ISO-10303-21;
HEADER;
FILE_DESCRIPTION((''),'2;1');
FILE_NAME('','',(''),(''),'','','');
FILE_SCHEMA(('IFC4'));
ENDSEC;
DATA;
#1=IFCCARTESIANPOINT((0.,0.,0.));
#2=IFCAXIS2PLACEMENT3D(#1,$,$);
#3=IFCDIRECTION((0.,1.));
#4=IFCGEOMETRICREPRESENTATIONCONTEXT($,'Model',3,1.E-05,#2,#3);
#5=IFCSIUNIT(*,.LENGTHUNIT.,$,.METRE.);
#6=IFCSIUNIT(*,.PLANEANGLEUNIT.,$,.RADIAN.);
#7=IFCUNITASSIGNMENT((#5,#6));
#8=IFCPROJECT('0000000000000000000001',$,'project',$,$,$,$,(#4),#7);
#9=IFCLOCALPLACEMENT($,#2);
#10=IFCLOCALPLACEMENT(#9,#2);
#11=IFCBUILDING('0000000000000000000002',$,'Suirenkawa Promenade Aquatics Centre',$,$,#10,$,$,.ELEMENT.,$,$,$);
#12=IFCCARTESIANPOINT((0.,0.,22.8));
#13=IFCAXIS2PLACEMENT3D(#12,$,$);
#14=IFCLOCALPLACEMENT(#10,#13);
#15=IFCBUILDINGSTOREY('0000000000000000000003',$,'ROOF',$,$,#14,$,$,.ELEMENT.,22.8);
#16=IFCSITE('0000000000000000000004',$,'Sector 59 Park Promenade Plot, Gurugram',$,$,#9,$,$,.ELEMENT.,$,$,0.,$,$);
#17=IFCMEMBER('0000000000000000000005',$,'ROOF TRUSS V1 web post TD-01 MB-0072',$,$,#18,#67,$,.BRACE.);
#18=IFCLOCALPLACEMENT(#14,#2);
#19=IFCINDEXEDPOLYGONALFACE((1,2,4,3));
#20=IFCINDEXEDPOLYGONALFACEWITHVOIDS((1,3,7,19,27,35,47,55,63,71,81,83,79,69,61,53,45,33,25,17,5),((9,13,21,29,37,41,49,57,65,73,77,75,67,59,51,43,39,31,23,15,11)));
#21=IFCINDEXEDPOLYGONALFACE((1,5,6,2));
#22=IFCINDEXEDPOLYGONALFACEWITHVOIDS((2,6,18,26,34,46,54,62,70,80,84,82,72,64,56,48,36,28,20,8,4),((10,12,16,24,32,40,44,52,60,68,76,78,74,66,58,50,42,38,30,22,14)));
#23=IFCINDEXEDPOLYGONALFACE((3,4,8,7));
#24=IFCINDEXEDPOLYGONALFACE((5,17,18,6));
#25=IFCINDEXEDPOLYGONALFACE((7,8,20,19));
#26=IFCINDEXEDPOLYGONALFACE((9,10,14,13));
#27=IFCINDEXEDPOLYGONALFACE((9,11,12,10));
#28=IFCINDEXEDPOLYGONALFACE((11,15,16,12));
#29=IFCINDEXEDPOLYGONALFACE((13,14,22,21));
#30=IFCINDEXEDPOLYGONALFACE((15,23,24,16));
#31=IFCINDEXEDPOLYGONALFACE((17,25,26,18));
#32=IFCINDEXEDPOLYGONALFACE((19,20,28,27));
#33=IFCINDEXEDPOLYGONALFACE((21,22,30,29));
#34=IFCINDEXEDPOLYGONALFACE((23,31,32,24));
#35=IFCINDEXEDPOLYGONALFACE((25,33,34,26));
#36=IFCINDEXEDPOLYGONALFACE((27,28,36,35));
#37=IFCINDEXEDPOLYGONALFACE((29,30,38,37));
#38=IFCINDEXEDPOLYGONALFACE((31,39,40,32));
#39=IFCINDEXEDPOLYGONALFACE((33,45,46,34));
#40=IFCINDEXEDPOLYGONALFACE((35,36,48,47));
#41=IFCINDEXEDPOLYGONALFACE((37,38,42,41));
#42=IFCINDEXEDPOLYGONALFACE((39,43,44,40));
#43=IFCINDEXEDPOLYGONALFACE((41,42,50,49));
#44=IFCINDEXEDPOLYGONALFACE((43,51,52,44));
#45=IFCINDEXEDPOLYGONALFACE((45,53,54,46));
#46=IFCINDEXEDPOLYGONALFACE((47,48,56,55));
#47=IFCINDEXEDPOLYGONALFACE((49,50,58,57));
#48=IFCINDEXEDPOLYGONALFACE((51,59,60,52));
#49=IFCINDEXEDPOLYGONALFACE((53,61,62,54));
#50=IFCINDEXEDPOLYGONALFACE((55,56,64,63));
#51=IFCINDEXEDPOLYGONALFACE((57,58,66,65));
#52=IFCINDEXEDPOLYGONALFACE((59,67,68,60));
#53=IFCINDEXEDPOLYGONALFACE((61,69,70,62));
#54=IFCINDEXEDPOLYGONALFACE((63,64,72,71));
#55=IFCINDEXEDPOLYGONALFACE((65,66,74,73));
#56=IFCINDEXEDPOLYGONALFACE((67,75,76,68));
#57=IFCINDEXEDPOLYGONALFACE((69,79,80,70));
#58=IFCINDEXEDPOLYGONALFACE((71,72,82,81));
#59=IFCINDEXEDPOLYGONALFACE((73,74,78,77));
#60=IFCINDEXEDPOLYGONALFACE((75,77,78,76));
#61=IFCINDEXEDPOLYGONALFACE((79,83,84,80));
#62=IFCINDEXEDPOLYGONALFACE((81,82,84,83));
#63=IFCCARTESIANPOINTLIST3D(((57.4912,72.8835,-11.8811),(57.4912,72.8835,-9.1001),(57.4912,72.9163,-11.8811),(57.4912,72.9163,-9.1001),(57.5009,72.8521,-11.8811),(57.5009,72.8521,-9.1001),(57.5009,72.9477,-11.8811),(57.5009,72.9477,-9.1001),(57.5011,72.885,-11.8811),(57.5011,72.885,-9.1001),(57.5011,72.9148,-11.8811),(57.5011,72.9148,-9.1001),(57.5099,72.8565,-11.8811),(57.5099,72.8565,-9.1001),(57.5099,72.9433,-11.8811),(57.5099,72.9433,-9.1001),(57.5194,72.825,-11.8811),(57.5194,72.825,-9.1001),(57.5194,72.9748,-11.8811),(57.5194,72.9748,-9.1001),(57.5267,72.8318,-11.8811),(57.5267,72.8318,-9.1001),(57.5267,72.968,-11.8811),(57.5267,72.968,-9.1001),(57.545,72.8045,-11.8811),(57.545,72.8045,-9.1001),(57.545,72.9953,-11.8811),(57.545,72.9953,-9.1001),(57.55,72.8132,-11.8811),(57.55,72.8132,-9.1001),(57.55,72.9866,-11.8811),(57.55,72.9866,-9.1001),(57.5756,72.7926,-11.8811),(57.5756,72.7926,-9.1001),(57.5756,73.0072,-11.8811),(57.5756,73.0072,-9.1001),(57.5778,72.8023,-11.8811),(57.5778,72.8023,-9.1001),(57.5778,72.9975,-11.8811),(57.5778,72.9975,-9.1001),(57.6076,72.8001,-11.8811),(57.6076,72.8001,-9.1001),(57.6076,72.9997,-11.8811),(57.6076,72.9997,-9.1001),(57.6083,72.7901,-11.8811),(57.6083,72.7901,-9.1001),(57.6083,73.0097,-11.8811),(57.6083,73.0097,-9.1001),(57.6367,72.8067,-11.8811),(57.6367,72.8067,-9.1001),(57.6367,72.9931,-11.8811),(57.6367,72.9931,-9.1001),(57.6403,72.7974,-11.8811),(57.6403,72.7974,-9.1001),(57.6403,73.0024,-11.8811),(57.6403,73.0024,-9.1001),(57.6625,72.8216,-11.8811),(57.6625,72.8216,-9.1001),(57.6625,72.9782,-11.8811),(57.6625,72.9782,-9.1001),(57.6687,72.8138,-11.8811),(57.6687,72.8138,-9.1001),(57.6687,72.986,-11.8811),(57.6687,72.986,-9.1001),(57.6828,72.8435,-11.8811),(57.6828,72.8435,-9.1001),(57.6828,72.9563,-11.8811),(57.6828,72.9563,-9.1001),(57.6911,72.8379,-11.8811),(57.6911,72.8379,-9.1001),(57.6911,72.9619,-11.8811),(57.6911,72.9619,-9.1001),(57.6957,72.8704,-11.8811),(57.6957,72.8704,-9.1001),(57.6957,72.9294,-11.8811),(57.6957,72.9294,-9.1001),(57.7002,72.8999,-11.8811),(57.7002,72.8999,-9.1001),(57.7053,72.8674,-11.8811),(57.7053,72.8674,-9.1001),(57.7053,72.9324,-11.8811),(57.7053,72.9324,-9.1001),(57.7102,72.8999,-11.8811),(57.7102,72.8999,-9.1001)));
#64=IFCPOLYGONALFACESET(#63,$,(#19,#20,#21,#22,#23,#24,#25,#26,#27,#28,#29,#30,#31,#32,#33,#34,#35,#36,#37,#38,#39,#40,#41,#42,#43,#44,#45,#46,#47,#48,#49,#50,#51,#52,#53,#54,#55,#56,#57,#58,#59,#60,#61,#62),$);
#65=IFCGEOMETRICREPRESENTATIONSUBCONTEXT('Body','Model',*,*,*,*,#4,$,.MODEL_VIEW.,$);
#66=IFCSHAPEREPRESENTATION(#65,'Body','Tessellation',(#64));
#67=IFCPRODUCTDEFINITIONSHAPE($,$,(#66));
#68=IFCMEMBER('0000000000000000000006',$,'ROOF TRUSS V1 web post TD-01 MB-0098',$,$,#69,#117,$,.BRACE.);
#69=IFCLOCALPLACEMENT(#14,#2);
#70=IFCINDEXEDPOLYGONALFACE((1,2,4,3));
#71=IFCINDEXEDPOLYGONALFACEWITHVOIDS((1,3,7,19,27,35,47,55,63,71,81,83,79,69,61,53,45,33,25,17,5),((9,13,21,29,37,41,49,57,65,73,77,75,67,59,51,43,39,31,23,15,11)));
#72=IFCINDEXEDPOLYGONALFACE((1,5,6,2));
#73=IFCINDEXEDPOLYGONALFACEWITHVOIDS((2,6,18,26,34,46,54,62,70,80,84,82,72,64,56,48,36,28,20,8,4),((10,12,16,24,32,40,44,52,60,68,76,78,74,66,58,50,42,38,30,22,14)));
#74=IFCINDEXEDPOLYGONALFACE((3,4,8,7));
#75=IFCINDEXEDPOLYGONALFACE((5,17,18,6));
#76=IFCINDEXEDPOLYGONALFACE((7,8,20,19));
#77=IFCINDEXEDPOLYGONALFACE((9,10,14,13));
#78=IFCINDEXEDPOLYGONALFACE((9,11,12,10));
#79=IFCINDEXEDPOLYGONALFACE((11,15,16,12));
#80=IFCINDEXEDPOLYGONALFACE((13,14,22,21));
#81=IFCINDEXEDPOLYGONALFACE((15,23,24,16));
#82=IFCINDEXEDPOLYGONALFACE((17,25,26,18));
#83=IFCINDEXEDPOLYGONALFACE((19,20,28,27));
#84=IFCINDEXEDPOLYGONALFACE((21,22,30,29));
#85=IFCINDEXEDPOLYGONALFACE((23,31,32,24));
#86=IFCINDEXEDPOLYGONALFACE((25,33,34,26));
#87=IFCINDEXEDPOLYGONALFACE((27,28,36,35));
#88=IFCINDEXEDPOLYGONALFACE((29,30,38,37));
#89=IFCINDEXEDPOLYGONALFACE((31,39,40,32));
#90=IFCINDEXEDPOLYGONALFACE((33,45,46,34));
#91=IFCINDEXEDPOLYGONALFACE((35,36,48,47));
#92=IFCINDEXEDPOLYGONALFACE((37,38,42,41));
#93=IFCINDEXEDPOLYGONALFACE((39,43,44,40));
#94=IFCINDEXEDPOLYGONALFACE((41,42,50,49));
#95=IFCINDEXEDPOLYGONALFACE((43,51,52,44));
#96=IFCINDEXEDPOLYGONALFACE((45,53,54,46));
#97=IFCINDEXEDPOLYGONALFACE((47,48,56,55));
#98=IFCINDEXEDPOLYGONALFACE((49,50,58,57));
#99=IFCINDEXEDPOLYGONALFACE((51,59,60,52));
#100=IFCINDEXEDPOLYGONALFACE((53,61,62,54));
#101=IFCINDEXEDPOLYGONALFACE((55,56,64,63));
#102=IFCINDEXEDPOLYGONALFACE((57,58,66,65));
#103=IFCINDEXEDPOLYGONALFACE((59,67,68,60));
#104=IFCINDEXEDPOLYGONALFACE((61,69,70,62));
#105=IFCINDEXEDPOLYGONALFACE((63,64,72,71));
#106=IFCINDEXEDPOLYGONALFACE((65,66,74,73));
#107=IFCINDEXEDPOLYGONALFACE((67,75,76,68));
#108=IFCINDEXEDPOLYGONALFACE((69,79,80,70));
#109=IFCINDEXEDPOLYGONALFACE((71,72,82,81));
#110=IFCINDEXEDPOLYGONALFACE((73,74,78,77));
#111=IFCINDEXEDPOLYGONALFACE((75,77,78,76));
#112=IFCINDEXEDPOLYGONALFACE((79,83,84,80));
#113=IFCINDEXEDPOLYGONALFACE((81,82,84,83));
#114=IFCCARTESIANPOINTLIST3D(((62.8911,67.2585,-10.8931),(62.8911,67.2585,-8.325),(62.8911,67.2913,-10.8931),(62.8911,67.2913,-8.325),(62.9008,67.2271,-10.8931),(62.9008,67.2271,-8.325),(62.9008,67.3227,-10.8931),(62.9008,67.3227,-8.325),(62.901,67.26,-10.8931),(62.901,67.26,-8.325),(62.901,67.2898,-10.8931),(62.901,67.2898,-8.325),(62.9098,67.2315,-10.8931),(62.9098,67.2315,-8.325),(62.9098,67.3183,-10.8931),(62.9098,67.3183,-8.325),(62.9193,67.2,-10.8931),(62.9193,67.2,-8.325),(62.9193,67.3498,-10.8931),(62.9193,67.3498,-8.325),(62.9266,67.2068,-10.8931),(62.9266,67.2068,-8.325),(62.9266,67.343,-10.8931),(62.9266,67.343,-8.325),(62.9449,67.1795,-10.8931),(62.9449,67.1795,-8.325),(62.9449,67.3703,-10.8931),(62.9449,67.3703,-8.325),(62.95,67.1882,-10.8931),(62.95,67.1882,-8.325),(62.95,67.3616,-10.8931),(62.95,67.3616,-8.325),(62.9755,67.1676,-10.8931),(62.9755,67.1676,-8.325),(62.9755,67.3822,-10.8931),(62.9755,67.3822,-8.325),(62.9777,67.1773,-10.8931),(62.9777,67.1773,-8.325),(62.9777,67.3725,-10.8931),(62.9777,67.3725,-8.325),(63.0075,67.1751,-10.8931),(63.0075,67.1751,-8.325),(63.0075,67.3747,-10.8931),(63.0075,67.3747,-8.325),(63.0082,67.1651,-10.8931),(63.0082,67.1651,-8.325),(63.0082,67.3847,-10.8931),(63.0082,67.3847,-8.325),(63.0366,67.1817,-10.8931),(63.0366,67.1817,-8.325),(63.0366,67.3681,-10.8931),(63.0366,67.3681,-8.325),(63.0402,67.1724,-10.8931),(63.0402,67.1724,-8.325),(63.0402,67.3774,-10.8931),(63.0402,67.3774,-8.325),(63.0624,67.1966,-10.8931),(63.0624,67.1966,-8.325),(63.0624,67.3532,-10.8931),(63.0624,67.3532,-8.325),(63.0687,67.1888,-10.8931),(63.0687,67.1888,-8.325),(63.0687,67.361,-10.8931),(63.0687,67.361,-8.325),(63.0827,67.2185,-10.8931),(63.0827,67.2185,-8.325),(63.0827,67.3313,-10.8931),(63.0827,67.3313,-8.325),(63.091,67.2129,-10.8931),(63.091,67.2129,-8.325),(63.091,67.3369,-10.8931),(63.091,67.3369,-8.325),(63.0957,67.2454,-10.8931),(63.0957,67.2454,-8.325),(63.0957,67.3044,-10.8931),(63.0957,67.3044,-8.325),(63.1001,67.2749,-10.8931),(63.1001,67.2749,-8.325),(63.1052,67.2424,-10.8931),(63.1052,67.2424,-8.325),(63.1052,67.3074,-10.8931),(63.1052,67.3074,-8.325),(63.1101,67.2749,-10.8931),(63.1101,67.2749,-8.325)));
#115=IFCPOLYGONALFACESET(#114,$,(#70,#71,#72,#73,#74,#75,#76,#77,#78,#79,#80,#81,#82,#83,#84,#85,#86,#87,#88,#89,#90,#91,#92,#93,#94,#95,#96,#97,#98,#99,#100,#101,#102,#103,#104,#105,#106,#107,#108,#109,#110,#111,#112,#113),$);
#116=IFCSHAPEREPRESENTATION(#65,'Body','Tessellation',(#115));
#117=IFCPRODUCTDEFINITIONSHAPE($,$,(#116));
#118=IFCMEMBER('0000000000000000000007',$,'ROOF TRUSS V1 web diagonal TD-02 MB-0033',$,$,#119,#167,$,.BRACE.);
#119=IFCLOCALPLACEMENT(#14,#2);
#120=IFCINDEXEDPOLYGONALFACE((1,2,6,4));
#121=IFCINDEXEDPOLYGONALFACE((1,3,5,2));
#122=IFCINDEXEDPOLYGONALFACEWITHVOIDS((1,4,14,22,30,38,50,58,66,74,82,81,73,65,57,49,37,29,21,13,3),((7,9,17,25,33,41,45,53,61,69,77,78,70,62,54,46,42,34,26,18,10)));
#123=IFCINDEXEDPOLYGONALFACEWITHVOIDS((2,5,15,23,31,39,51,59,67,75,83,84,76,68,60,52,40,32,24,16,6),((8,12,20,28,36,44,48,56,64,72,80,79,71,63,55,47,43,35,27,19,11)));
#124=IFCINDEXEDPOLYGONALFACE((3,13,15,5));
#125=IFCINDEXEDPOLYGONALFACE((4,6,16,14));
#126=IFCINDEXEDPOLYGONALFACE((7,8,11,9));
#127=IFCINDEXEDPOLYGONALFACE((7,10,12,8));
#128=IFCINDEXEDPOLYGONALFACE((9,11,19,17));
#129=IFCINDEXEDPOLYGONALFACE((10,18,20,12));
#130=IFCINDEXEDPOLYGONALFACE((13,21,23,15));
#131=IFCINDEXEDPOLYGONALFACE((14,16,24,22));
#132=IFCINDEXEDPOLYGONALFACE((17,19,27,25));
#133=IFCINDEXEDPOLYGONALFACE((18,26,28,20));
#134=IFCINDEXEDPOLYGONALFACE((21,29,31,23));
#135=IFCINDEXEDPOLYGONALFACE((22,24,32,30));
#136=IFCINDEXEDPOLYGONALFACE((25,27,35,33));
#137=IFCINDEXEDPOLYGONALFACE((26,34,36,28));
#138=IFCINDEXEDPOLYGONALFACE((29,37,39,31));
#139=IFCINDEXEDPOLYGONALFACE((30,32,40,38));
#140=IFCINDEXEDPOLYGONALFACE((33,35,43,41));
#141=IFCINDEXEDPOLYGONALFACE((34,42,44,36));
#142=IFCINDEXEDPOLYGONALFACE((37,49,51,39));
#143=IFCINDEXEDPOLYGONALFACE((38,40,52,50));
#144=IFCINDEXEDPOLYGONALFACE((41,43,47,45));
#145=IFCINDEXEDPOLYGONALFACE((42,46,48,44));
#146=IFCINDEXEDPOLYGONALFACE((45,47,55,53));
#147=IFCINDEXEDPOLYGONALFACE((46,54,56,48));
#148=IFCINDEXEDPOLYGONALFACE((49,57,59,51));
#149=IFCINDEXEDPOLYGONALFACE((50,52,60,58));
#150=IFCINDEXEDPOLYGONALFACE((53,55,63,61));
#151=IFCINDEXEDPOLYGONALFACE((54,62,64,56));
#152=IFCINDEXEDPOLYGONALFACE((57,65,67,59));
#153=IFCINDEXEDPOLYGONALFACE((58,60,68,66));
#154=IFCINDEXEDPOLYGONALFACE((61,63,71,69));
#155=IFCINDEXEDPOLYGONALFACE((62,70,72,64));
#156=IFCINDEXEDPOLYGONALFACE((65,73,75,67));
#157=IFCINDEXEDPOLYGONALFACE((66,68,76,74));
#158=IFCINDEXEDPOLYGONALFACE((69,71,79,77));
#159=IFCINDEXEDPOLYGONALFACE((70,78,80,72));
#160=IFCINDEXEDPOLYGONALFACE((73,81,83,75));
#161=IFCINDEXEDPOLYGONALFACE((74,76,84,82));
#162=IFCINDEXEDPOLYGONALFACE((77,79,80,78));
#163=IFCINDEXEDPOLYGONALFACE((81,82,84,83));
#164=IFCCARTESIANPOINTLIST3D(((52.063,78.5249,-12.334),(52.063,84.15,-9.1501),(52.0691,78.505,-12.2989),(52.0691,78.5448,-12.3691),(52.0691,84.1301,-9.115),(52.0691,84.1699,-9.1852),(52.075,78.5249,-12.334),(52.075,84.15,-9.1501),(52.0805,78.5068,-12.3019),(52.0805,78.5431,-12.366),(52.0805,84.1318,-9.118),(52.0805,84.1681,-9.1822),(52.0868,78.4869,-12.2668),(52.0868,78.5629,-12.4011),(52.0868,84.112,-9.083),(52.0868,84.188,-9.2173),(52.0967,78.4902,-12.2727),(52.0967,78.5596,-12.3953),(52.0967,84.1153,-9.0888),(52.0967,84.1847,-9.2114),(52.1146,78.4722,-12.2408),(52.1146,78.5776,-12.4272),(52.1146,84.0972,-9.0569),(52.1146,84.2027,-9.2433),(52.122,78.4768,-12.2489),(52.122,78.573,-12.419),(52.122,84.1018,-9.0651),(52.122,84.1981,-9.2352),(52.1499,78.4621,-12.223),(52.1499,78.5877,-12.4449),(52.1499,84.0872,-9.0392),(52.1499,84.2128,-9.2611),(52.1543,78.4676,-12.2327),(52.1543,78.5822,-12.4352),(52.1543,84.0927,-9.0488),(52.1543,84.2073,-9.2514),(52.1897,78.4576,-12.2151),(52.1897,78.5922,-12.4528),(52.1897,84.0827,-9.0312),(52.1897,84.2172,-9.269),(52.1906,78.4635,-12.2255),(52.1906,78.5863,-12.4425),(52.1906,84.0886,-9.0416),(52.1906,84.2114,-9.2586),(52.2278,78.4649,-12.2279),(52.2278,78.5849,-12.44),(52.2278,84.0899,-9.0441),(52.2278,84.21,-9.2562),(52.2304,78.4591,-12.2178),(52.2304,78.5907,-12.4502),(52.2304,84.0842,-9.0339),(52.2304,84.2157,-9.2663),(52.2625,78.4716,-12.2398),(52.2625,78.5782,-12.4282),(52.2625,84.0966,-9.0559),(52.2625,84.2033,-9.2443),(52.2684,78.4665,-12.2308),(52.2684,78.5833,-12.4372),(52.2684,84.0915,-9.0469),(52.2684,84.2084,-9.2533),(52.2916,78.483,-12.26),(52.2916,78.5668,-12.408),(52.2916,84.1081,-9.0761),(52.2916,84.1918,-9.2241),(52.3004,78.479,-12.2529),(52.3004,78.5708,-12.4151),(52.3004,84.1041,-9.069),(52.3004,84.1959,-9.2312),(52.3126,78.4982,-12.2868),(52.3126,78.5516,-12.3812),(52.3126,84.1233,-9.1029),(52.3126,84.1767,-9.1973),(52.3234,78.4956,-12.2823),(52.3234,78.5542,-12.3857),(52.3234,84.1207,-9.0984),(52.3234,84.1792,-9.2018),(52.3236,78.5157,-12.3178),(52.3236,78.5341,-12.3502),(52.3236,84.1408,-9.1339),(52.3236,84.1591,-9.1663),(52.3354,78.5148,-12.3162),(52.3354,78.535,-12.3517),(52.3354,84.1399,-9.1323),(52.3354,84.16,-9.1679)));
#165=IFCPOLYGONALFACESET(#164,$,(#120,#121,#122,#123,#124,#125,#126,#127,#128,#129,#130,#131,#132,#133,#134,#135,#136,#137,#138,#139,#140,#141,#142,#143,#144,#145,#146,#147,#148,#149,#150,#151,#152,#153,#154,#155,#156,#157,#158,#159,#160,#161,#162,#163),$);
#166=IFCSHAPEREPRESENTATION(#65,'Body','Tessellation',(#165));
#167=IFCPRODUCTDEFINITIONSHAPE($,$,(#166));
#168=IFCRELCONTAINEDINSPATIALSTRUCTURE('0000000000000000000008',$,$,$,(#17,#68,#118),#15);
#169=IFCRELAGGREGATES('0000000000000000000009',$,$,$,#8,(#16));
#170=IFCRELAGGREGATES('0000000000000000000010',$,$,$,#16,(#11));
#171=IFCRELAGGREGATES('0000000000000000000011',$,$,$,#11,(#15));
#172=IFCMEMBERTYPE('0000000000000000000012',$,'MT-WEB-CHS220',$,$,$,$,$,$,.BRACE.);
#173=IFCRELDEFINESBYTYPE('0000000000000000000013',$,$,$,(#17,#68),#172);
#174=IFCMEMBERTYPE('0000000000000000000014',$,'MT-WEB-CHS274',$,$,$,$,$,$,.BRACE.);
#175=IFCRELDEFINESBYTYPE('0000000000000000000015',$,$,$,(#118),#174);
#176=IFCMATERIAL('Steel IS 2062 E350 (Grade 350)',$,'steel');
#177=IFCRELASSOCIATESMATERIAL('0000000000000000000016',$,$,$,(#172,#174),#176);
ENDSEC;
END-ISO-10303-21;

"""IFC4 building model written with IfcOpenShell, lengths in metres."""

from ifc_helpers import new_model, si_unit, direction, frame, origin, origin_2d, place, context, subcontext, project, spatial, hollow_circle, extrude, material, material_profile, profile_set, type_object, element, save


model = new_model("IFC4")

# Units and contexts
model_context = context("Model", 3, precision=1e-05, world=origin(), true_north=direction((0.0, 1.0)))
body_context = subcontext(model_context, "Body", "Model", "MODEL_VIEW")
ifc_project = project(units=[si_unit("LENGTHUNIT", "METRE"), si_unit("PLANEANGLEUNIT", "RADIAN")], contexts=[model_context])

# Site, building, storey
site_placement = place(None, origin())
site = spatial("IfcSite", under=ifc_project, at=site_placement, Name="Sector 59 Park Promenade Plot, Gurugram", CompositionType="ELEMENT", RefElevation=0.0)
building_placement = place(site_placement, origin())
building = spatial("IfcBuilding", under=site, at=building_placement, Name="Suirenkawa Promenade Aquatics Centre", CompositionType="ELEMENT")
storey_placement = place(building_placement, frame((0.0, 0.0, 22.8)))
storey = spatial("IfcBuildingStorey", under=building, at=storey_placement, Name="ROOF", CompositionType="ELEMENT", Elevation=22.8)

# Shared definitions
ifc_material = material(Name="Steel IS 2062 E350 (Grade 350)", Category="steel")

# Members
ifc_material_profile_1 = material_profile(ifc_material, hollow_circle(Radius=0.1101, WallThickness=0.01, at=origin_2d()), Name="CHS 220x10", Category="steel")
ifc_profile_set_1 = profile_set([ifc_material_profile_1], Name="Steel IS 2062 E350 (Grade 350)")
member_type_1 = type_object("IfcMemberType", Name="MT-WEB-CHS220", PredefinedType="BRACE", material=ifc_profile_set_1)
member_1_placement = place(storey_placement, frame((57.6001, 72.8999, -11.8811), z_axis=(0.0, 0.0, 1.0), x_axis=(1.0, 0.0, 0.0)))
element("IfcMember", 1, at=member_1_placement, inside=storey, type_object=member_type_1, Name="ROOF TRUSS V1 web post TD-01 MB-0072", PredefinedType="BRACE", context=body_context, shape_type="SweptSolid", body=[
    extrude(hollow_circle(Radius=0.1101, WallThickness=0.01, at=origin_2d()), origin(), (0.0, 0.0, 1.0), 2.781),
])
member_2_placement = place(storey_placement, frame((63.0, 67.2749, -10.8931), z_axis=(0.0, 0.0, 1.0), x_axis=(1.0, 0.0, 0.0)))
element("IfcMember", 2, at=member_2_placement, inside=storey, type_object=member_type_1, Name="ROOF TRUSS V1 web post TD-01 MB-0098", PredefinedType="BRACE", context=body_context, shape_type="SweptSolid", body=[
    extrude(hollow_circle(Radius=0.1101, WallThickness=0.01, at=origin_2d()), origin(), (0.0, 0.0, 1.0), 2.5681),
])
ifc_material_profile_2 = material_profile(ifc_material, hollow_circle(Radius=0.137, WallThickness=0.012, at=origin_2d()), Name="CHS 274x12", Category="steel")
ifc_profile_set_2 = profile_set([ifc_material_profile_2], Name="Steel IS 2062 E350 (Grade 350)")
member_type_2 = type_object("IfcMemberType", Name="MT-WEB-CHS274", PredefinedType="BRACE", material=ifc_profile_set_2)
member_3_placement = place(storey_placement, frame((52.2, 78.5249, -12.334), z_axis=(0.0, 0.870265, 0.492584), x_axis=(-1.0, 0.0, 0.0)))
element("IfcMember", 3, at=member_3_placement, inside=storey, type_object=member_type_2, Name="ROOF TRUSS V1 web diagonal TD-02 MB-0033", PredefinedType="BRACE", context=body_context, shape_type="SweptSolid", body=[
    extrude(hollow_circle(Radius=0.137, WallThickness=0.012, at=origin_2d()), origin(), (0.0, 0.0, 1.0), 6.4636),
])

save(model, "model.ifc")
